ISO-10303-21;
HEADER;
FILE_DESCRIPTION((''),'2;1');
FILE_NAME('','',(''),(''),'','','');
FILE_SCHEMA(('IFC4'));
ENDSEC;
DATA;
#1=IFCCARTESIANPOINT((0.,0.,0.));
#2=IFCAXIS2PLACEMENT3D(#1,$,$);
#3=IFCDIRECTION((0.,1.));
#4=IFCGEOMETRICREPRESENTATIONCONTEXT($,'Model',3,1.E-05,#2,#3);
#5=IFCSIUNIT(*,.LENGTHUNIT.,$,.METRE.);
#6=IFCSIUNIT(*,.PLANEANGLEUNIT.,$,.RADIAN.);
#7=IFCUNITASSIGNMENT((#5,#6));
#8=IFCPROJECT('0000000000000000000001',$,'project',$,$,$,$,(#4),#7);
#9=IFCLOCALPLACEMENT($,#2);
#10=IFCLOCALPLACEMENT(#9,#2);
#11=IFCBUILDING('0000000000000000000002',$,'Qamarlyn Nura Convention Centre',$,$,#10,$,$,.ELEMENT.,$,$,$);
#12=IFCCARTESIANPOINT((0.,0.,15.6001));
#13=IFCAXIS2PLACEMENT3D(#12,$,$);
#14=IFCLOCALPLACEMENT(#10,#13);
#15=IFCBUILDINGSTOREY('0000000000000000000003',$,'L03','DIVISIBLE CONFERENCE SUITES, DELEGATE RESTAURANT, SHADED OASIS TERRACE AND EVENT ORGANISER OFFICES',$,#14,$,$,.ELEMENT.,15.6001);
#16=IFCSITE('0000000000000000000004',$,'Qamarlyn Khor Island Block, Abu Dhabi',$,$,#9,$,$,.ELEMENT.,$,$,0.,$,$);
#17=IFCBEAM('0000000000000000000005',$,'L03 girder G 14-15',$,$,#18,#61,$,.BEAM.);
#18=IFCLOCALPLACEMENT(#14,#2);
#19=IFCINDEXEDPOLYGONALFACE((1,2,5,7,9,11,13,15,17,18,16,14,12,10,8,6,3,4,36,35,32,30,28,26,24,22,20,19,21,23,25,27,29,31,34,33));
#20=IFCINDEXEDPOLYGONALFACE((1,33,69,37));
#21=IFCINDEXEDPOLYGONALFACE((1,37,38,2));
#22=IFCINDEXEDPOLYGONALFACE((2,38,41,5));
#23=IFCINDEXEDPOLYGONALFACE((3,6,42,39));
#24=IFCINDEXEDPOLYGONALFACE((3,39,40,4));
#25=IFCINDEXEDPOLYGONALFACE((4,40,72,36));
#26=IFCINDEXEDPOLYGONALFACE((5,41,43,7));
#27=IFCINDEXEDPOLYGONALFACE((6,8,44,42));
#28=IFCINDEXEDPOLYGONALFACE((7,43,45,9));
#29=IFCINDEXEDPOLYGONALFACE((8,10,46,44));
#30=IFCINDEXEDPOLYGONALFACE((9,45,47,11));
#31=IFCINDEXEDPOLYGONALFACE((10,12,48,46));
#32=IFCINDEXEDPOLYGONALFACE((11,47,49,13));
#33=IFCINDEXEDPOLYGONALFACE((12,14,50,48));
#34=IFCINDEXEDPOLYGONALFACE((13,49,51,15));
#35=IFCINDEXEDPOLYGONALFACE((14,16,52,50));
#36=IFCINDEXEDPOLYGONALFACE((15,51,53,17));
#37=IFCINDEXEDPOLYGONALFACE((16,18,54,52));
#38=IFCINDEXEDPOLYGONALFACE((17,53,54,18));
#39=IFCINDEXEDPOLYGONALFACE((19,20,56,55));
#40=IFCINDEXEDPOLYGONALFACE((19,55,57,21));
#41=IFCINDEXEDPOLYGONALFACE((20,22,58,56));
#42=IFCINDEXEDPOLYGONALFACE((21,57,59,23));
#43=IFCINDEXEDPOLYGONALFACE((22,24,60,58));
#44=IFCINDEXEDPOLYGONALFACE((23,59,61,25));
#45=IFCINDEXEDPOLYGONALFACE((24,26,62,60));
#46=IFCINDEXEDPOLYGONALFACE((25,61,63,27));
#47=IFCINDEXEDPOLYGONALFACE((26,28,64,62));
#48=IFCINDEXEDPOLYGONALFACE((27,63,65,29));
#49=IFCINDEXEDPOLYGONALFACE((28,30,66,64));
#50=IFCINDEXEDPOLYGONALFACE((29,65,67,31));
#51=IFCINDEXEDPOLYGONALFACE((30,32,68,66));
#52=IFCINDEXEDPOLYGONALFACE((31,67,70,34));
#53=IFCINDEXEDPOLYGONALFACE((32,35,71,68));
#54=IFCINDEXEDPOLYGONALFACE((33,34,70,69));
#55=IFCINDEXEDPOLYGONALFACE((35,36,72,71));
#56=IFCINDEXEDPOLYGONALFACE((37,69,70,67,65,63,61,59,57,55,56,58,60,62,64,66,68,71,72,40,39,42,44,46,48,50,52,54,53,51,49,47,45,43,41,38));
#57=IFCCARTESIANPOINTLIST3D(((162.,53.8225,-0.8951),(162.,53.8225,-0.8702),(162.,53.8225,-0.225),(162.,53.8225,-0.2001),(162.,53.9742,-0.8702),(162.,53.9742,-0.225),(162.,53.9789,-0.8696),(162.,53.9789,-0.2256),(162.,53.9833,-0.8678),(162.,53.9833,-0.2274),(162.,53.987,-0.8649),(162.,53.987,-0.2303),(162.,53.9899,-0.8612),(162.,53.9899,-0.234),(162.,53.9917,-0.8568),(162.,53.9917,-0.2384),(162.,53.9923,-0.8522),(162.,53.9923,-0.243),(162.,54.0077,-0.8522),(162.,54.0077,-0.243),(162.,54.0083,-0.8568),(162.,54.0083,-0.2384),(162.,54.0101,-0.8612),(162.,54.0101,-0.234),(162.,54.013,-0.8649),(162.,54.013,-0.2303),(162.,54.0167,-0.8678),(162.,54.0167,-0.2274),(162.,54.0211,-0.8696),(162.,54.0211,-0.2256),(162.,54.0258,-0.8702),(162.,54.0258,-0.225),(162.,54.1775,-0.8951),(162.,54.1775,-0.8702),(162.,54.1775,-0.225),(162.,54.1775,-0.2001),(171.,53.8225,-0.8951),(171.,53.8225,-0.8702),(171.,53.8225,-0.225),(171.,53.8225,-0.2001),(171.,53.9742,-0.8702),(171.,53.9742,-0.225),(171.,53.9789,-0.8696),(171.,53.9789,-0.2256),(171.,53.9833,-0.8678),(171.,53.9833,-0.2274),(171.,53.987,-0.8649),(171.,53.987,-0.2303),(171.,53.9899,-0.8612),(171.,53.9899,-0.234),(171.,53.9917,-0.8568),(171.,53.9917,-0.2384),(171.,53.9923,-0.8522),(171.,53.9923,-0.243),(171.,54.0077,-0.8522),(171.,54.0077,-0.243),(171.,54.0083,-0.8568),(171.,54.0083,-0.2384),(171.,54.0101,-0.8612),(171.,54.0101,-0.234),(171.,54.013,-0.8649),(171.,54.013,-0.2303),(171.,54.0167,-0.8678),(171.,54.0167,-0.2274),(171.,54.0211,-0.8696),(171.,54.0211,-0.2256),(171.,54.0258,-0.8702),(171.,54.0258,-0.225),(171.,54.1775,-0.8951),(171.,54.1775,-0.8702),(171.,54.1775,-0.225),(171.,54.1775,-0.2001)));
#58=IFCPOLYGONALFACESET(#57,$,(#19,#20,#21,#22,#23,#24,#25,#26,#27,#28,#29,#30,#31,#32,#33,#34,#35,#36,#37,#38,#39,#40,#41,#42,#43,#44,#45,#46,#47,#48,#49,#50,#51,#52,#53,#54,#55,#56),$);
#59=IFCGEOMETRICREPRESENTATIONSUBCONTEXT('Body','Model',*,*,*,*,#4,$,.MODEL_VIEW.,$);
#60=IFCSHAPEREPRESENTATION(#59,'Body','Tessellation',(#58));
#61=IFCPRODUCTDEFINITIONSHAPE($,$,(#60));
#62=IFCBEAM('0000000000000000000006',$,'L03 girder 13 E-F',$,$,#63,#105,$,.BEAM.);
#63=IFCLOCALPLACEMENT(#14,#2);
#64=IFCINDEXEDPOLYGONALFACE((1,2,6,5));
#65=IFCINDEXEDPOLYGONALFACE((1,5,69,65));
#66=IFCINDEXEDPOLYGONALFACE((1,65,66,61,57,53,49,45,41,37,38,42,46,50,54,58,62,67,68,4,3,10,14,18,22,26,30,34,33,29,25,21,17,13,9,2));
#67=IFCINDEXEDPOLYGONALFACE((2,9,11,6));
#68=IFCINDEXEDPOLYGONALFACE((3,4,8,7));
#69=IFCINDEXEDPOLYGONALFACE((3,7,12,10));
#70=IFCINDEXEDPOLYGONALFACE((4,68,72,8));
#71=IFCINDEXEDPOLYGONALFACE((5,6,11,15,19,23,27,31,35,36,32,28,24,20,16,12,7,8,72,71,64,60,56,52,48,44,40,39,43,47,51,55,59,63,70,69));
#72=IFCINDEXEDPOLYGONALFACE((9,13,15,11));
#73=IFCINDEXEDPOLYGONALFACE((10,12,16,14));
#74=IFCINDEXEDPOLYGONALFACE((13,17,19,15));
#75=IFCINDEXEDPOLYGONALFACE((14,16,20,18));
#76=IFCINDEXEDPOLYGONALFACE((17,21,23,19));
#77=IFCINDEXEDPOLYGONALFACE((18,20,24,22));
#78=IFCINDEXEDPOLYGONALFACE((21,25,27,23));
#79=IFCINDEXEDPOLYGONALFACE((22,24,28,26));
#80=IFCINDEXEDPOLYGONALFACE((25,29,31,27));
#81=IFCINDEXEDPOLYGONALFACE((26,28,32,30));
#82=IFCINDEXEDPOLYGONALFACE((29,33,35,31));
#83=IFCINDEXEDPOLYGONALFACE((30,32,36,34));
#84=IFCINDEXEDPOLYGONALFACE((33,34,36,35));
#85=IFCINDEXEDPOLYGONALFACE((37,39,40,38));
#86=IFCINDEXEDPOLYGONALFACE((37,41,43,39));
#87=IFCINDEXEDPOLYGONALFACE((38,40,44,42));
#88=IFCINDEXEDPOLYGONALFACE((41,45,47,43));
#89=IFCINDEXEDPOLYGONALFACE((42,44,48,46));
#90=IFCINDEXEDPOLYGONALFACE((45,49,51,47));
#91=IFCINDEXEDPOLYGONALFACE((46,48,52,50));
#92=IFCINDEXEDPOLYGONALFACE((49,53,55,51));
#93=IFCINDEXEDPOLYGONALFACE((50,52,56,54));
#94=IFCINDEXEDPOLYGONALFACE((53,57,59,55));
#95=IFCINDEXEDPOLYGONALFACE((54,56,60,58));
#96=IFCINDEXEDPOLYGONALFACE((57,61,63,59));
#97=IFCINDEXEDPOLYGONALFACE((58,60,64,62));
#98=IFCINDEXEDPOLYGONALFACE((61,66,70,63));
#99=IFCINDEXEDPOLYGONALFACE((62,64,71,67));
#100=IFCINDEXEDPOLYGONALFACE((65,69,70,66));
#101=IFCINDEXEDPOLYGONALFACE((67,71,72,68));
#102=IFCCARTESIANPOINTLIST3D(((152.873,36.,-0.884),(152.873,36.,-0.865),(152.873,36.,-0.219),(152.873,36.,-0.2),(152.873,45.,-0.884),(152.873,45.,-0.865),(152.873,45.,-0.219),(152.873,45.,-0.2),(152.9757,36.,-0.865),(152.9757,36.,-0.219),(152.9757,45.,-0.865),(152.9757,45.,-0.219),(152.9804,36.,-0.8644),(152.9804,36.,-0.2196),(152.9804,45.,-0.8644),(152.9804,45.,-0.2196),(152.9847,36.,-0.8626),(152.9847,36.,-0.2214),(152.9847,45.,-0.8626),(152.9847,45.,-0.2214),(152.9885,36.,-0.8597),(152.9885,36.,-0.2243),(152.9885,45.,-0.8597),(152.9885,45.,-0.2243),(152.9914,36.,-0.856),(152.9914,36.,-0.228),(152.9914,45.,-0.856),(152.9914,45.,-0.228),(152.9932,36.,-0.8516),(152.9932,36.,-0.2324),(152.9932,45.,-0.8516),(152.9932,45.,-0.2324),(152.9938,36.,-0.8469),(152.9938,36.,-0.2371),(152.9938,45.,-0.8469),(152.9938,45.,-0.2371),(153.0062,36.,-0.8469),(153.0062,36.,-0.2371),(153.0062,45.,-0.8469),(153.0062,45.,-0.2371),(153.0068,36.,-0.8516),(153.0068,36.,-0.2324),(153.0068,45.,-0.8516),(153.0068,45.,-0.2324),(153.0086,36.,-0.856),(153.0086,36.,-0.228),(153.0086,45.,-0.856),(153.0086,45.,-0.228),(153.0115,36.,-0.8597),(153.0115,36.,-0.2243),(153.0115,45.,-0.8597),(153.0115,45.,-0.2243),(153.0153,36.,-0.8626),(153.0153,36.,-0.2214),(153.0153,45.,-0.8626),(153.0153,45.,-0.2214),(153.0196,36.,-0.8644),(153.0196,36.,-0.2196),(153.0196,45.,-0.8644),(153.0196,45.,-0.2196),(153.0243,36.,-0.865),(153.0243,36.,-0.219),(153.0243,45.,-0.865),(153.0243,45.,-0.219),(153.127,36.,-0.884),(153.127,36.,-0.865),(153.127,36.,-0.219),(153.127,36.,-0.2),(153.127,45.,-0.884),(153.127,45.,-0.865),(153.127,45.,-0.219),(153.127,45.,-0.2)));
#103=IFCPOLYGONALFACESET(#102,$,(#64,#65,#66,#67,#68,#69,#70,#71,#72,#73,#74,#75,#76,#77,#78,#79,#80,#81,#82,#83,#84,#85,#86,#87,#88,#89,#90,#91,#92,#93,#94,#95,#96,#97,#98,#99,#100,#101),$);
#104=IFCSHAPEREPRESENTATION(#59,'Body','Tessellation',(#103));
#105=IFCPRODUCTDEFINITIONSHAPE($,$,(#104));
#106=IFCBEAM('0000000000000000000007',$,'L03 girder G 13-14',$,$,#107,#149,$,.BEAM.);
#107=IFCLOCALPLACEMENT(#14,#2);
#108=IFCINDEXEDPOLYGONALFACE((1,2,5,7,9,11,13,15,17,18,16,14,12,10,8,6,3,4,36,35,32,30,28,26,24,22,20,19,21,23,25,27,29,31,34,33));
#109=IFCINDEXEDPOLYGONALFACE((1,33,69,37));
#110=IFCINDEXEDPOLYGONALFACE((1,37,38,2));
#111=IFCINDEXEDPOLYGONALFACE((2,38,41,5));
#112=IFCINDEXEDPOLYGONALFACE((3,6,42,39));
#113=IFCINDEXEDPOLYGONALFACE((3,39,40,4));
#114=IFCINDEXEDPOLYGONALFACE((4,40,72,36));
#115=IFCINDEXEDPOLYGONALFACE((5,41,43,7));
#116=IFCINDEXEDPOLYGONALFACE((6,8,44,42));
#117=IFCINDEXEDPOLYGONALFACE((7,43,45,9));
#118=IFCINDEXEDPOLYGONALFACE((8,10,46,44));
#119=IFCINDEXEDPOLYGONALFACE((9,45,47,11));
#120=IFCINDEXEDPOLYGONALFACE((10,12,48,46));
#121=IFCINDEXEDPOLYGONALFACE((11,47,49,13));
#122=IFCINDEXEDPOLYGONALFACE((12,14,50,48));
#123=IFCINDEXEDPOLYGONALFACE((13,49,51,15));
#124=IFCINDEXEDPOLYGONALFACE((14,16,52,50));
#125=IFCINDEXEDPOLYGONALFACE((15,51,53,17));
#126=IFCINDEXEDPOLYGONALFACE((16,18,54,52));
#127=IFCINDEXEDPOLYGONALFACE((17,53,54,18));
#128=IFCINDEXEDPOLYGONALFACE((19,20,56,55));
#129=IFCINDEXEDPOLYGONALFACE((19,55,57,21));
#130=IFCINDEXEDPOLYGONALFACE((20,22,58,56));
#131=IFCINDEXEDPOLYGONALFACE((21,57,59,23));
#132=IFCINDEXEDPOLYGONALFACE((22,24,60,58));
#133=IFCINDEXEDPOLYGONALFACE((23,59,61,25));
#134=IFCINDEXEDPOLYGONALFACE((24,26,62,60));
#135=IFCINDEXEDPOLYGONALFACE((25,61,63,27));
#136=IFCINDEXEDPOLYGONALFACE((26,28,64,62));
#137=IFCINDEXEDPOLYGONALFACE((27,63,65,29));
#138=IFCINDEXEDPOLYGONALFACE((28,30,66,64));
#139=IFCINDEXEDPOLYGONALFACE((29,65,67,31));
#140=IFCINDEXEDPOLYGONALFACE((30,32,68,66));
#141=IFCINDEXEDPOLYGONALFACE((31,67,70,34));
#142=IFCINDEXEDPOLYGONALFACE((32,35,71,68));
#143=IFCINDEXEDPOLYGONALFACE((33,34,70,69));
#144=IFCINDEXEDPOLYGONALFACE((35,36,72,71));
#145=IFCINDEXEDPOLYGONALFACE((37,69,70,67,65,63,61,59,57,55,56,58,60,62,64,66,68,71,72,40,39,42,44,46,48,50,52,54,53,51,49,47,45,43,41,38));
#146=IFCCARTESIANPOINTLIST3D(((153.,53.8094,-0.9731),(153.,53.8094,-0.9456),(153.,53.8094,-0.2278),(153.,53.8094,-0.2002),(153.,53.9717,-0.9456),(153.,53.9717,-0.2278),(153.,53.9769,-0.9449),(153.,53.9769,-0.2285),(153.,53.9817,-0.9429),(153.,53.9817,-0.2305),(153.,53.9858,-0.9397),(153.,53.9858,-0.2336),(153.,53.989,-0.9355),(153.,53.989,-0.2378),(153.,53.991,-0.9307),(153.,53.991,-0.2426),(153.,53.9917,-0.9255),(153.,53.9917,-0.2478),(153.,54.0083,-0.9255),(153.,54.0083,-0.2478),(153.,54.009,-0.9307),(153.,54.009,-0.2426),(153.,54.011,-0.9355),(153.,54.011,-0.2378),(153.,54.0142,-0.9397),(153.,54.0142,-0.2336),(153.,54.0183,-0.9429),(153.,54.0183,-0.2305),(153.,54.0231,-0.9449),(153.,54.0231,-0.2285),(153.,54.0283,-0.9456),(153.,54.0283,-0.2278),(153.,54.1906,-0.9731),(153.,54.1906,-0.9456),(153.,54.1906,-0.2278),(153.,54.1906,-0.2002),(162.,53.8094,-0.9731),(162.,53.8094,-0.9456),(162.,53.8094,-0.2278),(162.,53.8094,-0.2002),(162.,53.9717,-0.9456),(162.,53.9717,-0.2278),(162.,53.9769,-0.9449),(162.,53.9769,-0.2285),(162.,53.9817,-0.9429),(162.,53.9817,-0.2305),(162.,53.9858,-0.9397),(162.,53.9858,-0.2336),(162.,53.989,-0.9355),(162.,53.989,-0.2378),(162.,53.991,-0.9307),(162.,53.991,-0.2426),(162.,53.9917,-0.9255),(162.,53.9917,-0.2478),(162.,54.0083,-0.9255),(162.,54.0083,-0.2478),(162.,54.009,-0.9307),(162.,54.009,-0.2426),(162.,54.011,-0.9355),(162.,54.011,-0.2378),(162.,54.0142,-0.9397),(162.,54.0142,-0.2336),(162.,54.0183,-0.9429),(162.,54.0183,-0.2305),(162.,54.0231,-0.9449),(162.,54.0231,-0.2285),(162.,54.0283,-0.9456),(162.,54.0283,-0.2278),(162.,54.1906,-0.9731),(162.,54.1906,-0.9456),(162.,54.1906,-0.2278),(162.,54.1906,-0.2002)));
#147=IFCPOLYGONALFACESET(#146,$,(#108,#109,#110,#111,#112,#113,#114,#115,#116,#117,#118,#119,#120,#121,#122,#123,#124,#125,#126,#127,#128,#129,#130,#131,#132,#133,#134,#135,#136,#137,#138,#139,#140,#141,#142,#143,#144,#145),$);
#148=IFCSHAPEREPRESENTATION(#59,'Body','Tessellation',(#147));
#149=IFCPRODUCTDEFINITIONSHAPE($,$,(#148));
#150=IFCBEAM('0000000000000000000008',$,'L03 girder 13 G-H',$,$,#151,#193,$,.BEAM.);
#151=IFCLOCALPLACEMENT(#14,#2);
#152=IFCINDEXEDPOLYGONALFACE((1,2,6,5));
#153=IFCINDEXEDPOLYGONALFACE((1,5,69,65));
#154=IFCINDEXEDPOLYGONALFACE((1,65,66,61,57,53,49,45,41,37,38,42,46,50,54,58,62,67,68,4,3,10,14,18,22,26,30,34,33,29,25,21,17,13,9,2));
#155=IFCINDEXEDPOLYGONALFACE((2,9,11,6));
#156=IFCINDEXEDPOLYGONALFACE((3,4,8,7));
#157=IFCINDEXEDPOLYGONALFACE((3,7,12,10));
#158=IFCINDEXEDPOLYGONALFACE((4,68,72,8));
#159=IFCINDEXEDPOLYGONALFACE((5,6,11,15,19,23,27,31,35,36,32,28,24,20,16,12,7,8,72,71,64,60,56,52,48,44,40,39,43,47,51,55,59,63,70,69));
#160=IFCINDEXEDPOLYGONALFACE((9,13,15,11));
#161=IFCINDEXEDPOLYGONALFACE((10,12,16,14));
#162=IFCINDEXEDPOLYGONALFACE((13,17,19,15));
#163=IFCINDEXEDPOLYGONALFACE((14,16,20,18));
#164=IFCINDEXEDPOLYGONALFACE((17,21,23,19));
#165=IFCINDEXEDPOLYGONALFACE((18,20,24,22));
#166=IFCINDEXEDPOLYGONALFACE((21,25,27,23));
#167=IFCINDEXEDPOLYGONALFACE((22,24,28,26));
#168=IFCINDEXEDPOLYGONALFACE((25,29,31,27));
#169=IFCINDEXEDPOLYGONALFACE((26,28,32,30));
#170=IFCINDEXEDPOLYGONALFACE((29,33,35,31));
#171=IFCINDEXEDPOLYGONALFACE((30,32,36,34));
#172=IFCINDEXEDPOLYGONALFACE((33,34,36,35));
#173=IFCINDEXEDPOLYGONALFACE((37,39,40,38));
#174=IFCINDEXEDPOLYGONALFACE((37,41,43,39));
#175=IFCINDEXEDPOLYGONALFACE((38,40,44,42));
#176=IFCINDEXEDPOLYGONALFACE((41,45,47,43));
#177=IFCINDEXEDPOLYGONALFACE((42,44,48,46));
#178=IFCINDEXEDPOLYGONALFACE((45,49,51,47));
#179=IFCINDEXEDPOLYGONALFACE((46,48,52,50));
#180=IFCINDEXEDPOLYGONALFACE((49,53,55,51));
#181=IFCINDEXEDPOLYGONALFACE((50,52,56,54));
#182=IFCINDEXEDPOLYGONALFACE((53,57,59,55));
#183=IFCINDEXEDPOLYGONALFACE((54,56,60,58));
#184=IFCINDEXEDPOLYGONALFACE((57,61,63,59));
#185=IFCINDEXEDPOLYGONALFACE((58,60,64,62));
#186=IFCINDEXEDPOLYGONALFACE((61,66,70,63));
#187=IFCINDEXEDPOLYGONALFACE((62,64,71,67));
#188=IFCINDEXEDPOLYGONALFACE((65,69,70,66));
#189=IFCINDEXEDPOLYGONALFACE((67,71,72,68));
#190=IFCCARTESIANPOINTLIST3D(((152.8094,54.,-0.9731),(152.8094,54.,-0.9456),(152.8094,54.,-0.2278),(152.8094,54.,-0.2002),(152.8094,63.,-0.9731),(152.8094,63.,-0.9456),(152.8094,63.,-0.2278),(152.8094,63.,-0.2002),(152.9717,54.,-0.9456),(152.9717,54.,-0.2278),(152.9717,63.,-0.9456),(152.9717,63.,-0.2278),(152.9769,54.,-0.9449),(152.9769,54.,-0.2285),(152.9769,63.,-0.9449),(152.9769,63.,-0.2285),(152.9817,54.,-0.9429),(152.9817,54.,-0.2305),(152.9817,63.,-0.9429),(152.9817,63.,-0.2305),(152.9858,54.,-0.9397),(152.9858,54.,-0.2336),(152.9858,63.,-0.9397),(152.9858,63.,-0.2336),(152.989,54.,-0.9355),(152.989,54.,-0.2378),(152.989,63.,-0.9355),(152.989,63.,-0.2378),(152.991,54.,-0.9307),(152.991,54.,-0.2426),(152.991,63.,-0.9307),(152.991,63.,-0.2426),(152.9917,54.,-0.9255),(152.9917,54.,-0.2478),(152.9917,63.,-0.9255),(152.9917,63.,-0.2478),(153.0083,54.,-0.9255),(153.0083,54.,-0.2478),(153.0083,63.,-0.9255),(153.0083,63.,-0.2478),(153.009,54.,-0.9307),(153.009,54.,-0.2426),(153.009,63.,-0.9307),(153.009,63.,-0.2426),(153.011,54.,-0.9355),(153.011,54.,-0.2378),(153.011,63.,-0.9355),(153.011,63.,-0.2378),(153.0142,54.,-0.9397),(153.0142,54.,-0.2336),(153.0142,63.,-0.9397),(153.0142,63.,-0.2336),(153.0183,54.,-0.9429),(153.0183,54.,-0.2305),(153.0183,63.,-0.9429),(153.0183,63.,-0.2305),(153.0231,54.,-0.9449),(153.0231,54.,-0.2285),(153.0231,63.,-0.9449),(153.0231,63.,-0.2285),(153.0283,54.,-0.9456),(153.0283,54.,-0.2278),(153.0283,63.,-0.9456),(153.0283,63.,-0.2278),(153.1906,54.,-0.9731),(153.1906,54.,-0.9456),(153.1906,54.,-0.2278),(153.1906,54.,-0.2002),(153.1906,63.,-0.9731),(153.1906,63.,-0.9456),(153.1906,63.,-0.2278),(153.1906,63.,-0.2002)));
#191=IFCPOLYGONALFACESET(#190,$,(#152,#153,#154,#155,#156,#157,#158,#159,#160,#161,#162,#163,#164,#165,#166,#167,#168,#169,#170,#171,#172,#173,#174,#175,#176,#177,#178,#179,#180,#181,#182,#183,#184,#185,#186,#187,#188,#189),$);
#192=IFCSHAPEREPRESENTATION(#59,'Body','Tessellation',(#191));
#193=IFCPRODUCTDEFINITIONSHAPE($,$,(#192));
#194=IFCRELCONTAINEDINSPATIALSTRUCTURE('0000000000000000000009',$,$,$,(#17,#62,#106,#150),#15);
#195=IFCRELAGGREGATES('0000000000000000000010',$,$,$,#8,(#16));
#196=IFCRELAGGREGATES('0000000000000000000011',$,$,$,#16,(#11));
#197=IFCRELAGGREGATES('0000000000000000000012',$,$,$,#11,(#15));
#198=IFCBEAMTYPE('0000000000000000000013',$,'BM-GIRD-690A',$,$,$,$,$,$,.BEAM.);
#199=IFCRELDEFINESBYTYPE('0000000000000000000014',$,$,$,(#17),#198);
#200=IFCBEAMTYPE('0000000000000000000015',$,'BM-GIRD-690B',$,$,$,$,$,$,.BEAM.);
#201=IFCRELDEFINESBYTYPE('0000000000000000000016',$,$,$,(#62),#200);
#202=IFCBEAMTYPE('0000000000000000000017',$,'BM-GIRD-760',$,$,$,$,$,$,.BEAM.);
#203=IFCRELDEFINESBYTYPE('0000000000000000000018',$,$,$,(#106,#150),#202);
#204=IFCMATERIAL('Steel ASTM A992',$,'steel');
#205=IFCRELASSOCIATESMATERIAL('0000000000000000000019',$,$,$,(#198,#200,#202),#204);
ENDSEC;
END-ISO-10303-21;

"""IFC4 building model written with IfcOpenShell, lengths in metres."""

from ifc_helpers import new_model, si_unit, direction, frame, origin, origin_2d, place, context, subcontext, project, spatial, i_section, extrude, material, material_profile, profile_set, type_object, element, save


model = new_model("IFC4")

# Units and contexts
model_context = context("Model", 3, precision=1e-05, world=origin(), true_north=direction((0.0, 1.0)))
body_context = subcontext(model_context, "Body", "Model", "MODEL_VIEW")
ifc_project = project(units=[si_unit("LENGTHUNIT", "METRE"), si_unit("PLANEANGLEUNIT", "RADIAN")], contexts=[model_context])

# Site, building, storey
site_placement = place(None, origin())
site = spatial("IfcSite", under=ifc_project, at=site_placement, Name="Qamarlyn Khor Island Block, Abu Dhabi", CompositionType="ELEMENT", RefElevation=0.0)
building_placement = place(site_placement, origin())
building = spatial("IfcBuilding", under=site, at=building_placement, Name="Qamarlyn Nura Convention Centre", CompositionType="ELEMENT")
storey_placement = place(building_placement, frame((0.0, 0.0, 15.6001)))
storey = spatial("IfcBuildingStorey", under=building, at=storey_placement, Name="L03", Description="DIVISIBLE CONFERENCE SUITES, DELEGATE RESTAURANT, SHADED OASIS TERRACE AND EVENT ORGANISER OFFICES", CompositionType="ELEMENT", Elevation=15.6001)

# Shared definitions
ifc_material_1 = material(Name="Steel ASTM A992", Category="steel")

# Beams
ifc_material_profile_1 = material_profile(ifc_material_1, i_section(OverallWidth=0.355, OverallDepth=0.6951, WebThickness=0.0154, FlangeThickness=0.0249, FilletRadius=0.0181, at=origin_2d()), Name="W690X217")
ifc_profile_set_1 = profile_set([ifc_material_profile_1], Name="Steel ASTM A992")
beam_type_1 = type_object("IfcBeamType", Name="BM-GIRD-690A", PredefinedType="BEAM", material=ifc_profile_set_1)
beam_1_placement = place(storey_placement, frame((162.0, 54.0, -0.5476), z_axis=(1.0, 0.0, 0.0), x_axis=(0.0, 1.0, 0.0)))
element("IfcBeam", 1, at=beam_1_placement, inside=storey, type_object=beam_type_1, Name="L03 girder G 14-15", PredefinedType="BEAM", context=body_context, shape_type="SweptSolid", body=[
    extrude(i_section(OverallWidth=0.355, OverallDepth=0.6951, WebThickness=0.0154, FlangeThickness=0.0249, FilletRadius=0.0181, at=origin_2d()), origin(), (0.0, 0.0, 1.0), 9.0),
])
ifc_material_profile_2 = material_profile(ifc_material_1, i_section(OverallWidth=0.2539, OverallDepth=0.6841, WebThickness=0.0125, FlangeThickness=0.019, FilletRadius=0.0181, at=origin_2d()), Name="W690X140")
ifc_profile_set_2 = profile_set([ifc_material_profile_2], Name="Steel ASTM A992")
beam_type_2 = type_object("IfcBeamType", Name="BM-GIRD-690B", PredefinedType="BEAM", material=ifc_profile_set_2)
beam_2_placement = place(storey_placement, frame((153.0, 36.0, -0.542), z_axis=(0.0, 1.0, 0.0), x_axis=(-1.0, 0.0, 0.0)))
element("IfcBeam", 2, at=beam_2_placement, inside=storey, type_object=beam_type_2, Name="L03 girder 13 E-F", PredefinedType="BEAM", context=body_context, shape_type="SweptSolid", body=[
    extrude(i_section(OverallWidth=0.2539, OverallDepth=0.6841, WebThickness=0.0125, FlangeThickness=0.019, FilletRadius=0.0181, at=origin_2d()), origin(), (0.0, 0.0, 1.0), 9.0),
])
ifc_material_profile_3 = material_profile(ifc_material_1, i_section(OverallWidth=0.3811, OverallDepth=0.7729, WebThickness=0.0166, FlangeThickness=0.0276, FilletRadius=0.02, at=origin_2d()), Name="W760X257")
ifc_profile_set_3 = profile_set([ifc_material_profile_3], Name="Steel ASTM A992")
beam_type_3 = type_object("IfcBeamType", Name="BM-GIRD-760", PredefinedType="BEAM", material=ifc_profile_set_3)
for number, where, z_axis, x_axis, name in (
    (3, (153.0, 54.0, -0.5867), (1.0, 0.0, 0.0), (0.0, 1.0, 0.0), "L03 girder G 13-14"),
    (4, (153.0, 54.0, -0.5867), (0.0, 1.0, 0.0), (-1.0, 0.0, 0.0), "L03 girder 13 G-H"),
):
    element("IfcBeam", number, at=place(storey_placement, frame(where, z_axis=z_axis, x_axis=x_axis)), inside=storey, type_object=beam_type_3, Name=name, PredefinedType="BEAM", context=body_context, shape_type="SweptSolid", body=[
        extrude(i_section(OverallWidth=0.3811, OverallDepth=0.7729, WebThickness=0.0166, FlangeThickness=0.0276, FilletRadius=0.02, at=origin_2d()), origin(), (0.0, 0.0, 1.0), 9.0),
    ])

save(model, "model.ifc")
